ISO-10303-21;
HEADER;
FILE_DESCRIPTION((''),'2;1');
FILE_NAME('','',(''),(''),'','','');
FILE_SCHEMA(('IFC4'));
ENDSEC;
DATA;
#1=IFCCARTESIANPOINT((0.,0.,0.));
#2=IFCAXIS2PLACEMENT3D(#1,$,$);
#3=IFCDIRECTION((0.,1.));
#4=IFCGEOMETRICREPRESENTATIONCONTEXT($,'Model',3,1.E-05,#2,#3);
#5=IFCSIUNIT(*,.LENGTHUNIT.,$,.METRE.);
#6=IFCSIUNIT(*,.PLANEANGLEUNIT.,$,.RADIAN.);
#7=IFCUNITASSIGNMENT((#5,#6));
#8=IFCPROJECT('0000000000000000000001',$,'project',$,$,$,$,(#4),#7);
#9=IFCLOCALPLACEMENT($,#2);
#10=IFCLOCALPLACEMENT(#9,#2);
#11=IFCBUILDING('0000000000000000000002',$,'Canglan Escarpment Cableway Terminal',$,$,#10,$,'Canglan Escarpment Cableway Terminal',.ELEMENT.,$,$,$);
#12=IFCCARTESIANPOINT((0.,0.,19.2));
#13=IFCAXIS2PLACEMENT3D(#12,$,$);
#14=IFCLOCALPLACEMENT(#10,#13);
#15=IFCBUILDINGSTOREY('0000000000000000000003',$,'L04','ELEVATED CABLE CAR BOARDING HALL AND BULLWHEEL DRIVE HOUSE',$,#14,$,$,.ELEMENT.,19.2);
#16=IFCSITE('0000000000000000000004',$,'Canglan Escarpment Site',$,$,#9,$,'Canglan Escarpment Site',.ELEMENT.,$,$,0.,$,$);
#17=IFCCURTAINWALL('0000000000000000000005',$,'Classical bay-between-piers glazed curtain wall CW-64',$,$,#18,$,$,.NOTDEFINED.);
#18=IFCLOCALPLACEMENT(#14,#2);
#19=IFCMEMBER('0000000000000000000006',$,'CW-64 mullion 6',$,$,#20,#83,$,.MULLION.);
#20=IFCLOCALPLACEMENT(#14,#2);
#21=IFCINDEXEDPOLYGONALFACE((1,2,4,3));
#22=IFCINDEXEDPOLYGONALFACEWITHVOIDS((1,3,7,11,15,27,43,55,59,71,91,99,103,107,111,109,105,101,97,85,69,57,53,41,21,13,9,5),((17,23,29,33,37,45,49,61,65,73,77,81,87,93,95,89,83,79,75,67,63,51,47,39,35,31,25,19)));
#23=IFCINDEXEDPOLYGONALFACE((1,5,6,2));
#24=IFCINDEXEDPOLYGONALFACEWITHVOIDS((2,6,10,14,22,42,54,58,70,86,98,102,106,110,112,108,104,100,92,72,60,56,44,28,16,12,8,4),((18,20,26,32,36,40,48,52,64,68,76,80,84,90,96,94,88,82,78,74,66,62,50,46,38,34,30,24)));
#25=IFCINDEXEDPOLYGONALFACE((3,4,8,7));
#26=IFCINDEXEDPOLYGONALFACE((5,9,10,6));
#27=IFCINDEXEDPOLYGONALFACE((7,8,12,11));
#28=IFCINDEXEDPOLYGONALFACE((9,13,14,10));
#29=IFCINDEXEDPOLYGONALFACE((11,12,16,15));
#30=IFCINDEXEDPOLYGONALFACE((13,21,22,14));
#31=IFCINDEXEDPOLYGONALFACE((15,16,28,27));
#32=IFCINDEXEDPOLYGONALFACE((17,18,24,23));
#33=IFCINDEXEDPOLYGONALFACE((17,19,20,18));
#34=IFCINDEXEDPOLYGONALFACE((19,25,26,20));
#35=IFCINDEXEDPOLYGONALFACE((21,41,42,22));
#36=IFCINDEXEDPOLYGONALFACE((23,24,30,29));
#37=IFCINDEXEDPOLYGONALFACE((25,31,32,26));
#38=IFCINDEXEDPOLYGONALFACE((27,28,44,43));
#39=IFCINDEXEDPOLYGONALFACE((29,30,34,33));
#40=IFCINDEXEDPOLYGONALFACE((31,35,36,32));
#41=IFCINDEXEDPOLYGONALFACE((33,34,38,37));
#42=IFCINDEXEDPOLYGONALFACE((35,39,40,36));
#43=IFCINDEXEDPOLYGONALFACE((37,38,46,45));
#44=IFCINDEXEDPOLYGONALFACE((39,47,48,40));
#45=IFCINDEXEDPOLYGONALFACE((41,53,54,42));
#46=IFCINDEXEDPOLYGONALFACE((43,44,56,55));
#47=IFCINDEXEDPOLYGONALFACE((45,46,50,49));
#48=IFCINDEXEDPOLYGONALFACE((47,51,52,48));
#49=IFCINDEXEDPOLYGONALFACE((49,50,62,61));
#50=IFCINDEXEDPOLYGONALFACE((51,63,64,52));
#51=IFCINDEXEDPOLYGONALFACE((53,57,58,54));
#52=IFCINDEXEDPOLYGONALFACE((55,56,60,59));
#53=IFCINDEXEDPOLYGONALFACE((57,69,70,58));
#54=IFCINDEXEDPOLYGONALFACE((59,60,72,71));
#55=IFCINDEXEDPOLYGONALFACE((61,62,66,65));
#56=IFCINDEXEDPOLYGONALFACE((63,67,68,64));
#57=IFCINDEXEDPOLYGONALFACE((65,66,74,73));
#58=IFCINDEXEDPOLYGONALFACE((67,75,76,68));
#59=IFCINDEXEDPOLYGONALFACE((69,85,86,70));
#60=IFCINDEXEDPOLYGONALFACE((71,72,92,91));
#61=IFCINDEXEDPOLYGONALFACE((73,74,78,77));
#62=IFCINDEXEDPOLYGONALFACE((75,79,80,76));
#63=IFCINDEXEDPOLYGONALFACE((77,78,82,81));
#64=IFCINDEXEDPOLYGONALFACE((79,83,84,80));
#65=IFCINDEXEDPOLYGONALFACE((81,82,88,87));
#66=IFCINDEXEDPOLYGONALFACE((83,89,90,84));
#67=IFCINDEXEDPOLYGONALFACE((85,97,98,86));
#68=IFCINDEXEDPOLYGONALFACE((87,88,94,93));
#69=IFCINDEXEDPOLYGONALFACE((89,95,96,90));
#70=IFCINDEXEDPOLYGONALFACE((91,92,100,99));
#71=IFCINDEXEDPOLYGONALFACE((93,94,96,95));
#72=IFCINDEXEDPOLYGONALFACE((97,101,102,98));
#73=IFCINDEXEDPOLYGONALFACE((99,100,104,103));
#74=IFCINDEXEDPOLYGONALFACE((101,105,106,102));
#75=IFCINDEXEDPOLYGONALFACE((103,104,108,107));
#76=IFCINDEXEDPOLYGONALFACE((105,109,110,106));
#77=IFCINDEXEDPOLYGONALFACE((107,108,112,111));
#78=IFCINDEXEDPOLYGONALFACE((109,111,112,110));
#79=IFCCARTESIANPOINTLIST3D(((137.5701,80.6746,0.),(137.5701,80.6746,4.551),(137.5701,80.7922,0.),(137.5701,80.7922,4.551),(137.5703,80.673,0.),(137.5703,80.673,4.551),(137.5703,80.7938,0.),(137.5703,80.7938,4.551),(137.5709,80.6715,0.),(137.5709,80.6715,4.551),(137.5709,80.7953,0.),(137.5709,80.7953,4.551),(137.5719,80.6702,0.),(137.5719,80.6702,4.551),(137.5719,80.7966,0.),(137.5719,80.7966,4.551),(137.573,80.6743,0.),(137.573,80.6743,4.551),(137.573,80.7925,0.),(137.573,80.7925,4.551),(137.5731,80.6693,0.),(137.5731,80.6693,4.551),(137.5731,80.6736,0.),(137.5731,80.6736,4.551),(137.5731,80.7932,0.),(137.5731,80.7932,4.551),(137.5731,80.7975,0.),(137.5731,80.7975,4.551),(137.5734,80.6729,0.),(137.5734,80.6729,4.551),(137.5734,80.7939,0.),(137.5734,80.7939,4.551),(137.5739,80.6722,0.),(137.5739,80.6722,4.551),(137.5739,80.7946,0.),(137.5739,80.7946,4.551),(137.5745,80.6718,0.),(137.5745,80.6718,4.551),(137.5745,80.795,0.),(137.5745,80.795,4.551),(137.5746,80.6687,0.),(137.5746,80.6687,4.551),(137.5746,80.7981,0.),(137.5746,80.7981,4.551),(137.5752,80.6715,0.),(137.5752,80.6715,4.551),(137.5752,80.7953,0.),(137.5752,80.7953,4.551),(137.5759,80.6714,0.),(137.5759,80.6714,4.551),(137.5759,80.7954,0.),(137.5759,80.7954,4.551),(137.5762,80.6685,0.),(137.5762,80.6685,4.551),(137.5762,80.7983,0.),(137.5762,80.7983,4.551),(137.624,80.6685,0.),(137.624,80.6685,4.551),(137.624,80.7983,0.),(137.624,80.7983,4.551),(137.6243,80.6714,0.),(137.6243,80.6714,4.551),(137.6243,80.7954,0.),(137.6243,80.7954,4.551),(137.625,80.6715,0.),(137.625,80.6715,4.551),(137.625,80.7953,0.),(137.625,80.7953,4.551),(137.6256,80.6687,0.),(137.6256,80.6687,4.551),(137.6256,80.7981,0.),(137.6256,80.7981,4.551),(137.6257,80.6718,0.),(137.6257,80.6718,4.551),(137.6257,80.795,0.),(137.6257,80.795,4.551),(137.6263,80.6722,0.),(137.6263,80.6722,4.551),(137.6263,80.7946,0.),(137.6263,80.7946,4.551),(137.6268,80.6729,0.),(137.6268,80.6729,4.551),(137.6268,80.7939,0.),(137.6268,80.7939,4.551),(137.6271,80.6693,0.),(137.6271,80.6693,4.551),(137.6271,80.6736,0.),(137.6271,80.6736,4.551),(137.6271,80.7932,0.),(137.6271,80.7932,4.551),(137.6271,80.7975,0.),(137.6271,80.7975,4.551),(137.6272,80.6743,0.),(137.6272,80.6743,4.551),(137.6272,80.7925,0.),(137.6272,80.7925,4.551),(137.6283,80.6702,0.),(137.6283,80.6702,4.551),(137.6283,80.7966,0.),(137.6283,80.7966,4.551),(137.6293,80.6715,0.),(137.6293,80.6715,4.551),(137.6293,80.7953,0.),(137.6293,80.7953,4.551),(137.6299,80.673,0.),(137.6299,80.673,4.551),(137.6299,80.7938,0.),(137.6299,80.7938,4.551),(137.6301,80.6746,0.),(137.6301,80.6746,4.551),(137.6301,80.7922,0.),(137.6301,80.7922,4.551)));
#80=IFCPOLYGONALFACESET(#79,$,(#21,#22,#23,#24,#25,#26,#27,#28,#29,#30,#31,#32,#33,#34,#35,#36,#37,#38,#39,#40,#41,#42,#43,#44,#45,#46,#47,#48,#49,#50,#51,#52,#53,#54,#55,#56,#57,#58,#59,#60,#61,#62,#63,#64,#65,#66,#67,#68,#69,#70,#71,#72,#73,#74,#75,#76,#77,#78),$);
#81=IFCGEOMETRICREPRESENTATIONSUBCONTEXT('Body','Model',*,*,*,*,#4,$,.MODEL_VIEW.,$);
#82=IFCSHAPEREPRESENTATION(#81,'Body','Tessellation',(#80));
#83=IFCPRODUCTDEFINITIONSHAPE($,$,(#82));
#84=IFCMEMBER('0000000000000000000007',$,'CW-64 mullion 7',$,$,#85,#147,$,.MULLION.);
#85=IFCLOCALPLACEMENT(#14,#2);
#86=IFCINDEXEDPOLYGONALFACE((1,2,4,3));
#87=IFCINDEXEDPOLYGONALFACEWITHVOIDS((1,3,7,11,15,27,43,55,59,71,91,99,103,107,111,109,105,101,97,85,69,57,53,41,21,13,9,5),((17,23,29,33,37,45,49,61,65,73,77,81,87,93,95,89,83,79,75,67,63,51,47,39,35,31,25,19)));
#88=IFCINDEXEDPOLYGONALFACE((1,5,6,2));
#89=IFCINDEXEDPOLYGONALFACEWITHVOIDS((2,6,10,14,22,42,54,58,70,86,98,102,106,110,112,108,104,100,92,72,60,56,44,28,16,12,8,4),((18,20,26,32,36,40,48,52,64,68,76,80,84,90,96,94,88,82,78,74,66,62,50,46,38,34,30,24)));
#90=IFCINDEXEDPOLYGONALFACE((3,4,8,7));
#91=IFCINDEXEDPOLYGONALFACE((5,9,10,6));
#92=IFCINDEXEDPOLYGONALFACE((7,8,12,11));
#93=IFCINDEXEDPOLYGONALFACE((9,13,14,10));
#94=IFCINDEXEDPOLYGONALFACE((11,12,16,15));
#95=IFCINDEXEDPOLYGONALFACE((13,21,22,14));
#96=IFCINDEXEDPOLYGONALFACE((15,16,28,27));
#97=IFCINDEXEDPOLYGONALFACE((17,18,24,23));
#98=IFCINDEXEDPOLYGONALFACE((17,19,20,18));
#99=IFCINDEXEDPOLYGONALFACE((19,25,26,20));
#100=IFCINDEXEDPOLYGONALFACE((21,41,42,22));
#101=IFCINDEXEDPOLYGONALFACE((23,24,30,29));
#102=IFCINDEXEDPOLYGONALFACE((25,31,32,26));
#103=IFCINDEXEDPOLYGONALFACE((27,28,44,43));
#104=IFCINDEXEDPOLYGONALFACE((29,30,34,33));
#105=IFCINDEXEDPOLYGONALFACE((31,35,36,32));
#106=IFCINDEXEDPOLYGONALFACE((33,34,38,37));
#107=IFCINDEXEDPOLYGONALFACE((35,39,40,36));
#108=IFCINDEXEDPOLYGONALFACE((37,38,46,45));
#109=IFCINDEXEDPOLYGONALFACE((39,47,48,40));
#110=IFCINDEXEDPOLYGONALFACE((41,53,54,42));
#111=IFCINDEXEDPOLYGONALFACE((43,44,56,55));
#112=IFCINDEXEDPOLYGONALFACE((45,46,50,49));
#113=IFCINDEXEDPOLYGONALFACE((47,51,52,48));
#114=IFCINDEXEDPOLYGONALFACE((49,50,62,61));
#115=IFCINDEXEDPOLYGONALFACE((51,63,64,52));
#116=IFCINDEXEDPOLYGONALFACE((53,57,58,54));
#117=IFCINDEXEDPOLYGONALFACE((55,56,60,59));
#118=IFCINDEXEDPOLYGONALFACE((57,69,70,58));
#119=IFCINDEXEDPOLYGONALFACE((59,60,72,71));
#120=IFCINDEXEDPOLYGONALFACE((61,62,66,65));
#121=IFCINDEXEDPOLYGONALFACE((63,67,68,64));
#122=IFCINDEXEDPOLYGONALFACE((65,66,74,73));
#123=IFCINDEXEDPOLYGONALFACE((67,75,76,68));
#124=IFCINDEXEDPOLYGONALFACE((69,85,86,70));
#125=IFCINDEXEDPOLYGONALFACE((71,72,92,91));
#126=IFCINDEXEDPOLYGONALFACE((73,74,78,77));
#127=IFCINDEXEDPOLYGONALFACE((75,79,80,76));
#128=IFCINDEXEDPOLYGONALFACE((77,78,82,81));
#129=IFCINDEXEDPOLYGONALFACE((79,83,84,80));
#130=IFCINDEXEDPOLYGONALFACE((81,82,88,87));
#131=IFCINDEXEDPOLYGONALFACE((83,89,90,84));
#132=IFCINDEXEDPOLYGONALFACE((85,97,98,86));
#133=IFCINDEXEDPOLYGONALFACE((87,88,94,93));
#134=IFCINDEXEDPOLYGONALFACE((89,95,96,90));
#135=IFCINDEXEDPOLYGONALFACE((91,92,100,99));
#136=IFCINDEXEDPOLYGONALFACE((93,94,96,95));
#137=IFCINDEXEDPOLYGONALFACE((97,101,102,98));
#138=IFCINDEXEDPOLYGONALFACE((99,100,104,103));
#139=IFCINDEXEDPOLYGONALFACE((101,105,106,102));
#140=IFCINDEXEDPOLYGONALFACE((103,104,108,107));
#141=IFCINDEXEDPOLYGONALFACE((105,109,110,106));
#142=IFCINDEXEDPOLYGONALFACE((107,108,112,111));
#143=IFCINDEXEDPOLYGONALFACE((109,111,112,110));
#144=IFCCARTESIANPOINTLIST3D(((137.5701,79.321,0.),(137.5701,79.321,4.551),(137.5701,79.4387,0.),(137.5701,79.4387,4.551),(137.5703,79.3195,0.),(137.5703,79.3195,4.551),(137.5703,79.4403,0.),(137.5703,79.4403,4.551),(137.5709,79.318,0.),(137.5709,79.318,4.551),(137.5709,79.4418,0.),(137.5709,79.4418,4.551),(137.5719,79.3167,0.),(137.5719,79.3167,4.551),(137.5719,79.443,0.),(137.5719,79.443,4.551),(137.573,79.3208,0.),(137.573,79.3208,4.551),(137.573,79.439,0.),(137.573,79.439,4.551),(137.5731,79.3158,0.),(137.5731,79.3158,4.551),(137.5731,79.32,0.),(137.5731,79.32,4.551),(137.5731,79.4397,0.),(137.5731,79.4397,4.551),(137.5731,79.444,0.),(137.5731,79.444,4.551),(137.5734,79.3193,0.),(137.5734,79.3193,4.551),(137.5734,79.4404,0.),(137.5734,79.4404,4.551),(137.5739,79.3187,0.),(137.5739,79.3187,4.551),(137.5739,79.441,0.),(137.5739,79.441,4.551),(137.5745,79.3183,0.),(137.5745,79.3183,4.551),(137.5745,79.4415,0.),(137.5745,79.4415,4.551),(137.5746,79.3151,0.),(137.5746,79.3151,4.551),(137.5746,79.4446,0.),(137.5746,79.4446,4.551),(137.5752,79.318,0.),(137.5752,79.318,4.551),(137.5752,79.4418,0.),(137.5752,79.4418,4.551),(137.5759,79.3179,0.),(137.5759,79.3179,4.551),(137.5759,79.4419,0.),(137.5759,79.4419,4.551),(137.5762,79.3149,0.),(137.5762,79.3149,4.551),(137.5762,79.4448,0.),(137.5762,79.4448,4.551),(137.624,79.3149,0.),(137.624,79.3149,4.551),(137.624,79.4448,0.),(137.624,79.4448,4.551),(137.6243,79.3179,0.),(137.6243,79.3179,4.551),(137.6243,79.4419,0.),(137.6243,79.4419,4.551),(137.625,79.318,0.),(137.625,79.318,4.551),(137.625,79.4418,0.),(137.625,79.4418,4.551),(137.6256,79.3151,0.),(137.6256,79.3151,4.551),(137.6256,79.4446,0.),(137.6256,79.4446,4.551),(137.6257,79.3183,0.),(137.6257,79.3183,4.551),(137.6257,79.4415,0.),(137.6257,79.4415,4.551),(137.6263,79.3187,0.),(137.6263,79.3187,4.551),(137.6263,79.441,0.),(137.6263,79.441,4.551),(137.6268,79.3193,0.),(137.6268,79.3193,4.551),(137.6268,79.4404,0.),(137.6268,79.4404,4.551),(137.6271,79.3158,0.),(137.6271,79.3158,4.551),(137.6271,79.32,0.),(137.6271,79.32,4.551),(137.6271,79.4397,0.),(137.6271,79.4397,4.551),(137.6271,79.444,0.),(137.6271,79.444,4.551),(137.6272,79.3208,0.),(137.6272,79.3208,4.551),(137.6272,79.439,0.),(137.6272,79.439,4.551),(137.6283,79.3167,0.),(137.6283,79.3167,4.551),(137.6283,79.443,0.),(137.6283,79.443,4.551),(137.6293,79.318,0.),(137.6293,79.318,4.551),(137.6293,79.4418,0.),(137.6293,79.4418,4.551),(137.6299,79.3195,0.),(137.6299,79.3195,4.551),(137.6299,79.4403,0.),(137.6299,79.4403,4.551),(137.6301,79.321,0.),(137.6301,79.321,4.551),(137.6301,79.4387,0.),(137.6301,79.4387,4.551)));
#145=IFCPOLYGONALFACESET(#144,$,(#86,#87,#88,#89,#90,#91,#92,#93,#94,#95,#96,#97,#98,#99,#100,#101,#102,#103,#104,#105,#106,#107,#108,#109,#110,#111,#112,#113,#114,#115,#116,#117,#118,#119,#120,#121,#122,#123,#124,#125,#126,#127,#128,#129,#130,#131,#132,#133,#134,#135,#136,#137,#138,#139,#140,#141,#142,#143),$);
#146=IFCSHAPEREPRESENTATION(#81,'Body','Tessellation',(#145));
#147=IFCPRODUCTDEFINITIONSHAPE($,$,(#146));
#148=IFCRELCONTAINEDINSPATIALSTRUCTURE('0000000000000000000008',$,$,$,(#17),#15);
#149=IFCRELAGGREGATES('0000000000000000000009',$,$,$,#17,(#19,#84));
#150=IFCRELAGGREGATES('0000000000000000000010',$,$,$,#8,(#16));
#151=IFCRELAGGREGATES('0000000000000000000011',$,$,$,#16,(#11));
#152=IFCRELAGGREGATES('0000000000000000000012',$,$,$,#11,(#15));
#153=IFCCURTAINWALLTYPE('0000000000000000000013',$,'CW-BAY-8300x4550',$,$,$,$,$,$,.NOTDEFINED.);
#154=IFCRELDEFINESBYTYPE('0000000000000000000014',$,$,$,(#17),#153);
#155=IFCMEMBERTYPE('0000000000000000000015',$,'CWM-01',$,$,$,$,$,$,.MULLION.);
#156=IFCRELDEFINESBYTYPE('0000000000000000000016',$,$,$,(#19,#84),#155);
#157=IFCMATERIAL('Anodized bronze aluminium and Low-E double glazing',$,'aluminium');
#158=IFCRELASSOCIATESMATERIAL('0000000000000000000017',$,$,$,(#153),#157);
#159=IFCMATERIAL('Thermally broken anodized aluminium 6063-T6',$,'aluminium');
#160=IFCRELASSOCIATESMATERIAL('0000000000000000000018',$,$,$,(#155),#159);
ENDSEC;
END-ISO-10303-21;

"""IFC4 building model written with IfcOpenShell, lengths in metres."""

from ifc_helpers import new_model, si_unit, direction, frame, origin, origin_2d, place, context, subcontext, project, spatial, hollow_rectangle, extrude, material, material_profile, profile_set, type_object, element, aggregate, save


model = new_model("IFC4")

# Units and contexts
model_context = context("Model", 3, precision=1e-05, world=origin(), true_north=direction((0.0, 1.0)))
body_context = subcontext(model_context, "Body", "Model", "MODEL_VIEW")
ifc_project = project(units=[si_unit("LENGTHUNIT", "METRE"), si_unit("PLANEANGLEUNIT", "RADIAN")], contexts=[model_context])

# Site, building, storey
site_placement = place(None, origin())
site = spatial("IfcSite", under=ifc_project, at=site_placement, Name="Canglan Escarpment Site", LongName="Canglan Escarpment Site", CompositionType="ELEMENT", RefElevation=0.0)
building_placement = place(site_placement, origin())
building = spatial("IfcBuilding", under=site, at=building_placement, Name="Canglan Escarpment Cableway Terminal", LongName="Canglan Escarpment Cableway Terminal", CompositionType="ELEMENT")
storey_placement = place(building_placement, frame((0.0, 0.0, 19.2)))
storey = spatial("IfcBuildingStorey", under=building, at=storey_placement, Name="L04", Description="ELEVATED CABLE CAR BOARDING HALL AND BULLWHEEL DRIVE HOUSE", CompositionType="ELEMENT", Elevation=19.2)

# Curtain wall, members
ifc_material_1 = material(Name="Anodized bronze aluminium and Low-E double glazing", Category="aluminium")
curtain_wall_type = type_object("IfcCurtainWallType", Name="CW-BAY-8300x4550", PredefinedType="NOTDEFINED", material=ifc_material_1)
curtain_wall_1_placement = place(storey_placement, origin())
curtain_wall_1 = element("IfcCurtainWall", 1, at=curtain_wall_1_placement, inside=storey, type_object=curtain_wall_type, Name="Classical bay-between-piers glazed curtain wall CW-64", PredefinedType="NOTDEFINED")
ifc_material_2 = material(Name="Thermally broken anodized aluminium 6063-T6", Category="aluminium")
ifc_material_profile_1 = material_profile(ifc_material_2, hollow_rectangle(XDim=0.0601, YDim=0.1299, WallThickness=0.0029, InnerFilletRadius=0.0029, OuterFilletRadius=0.0061, at=origin_2d()), Name="ALU-MULL 60x130x3")
ifc_profile_set_1 = profile_set([ifc_material_profile_1], Name="Thermally broken anodized aluminium 6063-T6")
member_type_1 = type_object("IfcMemberType", Name="CWM-01", PredefinedType="MULLION", material=ifc_profile_set_1)
member_1_placement = place(storey_placement, frame((137.6001, 80.7334, 0.0), z_axis=(0.0, 0.0, 1.0), x_axis=(1.0, 0.0, 0.0)))
member_1 = element("IfcMember", 2, at=member_1_placement, type_object=member_type_1, Name="CW-64 mullion 6", PredefinedType="MULLION", context=body_context, shape_type="SweptSolid", body=[
    extrude(hollow_rectangle(XDim=0.0601, YDim=0.1299, WallThickness=0.0029, InnerFilletRadius=0.0029, OuterFilletRadius=0.0061, at=origin_2d()), origin(), (0.0, 0.0, 1.0), 4.551),
])
member_2_placement = place(storey_placement, frame((137.6001, 79.3799, 0.0), z_axis=(0.0, 0.0, 1.0), x_axis=(1.0, 0.0, 0.0)))
member_2 = element("IfcMember", 3, at=member_2_placement, type_object=member_type_1, Name="CW-64 mullion 7", PredefinedType="MULLION", context=body_context, shape_type="SweptSolid", body=[
    extrude(hollow_rectangle(XDim=0.0601, YDim=0.1299, WallThickness=0.0029, InnerFilletRadius=0.0029, OuterFilletRadius=0.0061, at=origin_2d()), origin(), (0.0, 0.0, 1.0), 4.551),
])

aggregate(curtain_wall_1, [member_1, member_2])

save(model, "model.ifc")
